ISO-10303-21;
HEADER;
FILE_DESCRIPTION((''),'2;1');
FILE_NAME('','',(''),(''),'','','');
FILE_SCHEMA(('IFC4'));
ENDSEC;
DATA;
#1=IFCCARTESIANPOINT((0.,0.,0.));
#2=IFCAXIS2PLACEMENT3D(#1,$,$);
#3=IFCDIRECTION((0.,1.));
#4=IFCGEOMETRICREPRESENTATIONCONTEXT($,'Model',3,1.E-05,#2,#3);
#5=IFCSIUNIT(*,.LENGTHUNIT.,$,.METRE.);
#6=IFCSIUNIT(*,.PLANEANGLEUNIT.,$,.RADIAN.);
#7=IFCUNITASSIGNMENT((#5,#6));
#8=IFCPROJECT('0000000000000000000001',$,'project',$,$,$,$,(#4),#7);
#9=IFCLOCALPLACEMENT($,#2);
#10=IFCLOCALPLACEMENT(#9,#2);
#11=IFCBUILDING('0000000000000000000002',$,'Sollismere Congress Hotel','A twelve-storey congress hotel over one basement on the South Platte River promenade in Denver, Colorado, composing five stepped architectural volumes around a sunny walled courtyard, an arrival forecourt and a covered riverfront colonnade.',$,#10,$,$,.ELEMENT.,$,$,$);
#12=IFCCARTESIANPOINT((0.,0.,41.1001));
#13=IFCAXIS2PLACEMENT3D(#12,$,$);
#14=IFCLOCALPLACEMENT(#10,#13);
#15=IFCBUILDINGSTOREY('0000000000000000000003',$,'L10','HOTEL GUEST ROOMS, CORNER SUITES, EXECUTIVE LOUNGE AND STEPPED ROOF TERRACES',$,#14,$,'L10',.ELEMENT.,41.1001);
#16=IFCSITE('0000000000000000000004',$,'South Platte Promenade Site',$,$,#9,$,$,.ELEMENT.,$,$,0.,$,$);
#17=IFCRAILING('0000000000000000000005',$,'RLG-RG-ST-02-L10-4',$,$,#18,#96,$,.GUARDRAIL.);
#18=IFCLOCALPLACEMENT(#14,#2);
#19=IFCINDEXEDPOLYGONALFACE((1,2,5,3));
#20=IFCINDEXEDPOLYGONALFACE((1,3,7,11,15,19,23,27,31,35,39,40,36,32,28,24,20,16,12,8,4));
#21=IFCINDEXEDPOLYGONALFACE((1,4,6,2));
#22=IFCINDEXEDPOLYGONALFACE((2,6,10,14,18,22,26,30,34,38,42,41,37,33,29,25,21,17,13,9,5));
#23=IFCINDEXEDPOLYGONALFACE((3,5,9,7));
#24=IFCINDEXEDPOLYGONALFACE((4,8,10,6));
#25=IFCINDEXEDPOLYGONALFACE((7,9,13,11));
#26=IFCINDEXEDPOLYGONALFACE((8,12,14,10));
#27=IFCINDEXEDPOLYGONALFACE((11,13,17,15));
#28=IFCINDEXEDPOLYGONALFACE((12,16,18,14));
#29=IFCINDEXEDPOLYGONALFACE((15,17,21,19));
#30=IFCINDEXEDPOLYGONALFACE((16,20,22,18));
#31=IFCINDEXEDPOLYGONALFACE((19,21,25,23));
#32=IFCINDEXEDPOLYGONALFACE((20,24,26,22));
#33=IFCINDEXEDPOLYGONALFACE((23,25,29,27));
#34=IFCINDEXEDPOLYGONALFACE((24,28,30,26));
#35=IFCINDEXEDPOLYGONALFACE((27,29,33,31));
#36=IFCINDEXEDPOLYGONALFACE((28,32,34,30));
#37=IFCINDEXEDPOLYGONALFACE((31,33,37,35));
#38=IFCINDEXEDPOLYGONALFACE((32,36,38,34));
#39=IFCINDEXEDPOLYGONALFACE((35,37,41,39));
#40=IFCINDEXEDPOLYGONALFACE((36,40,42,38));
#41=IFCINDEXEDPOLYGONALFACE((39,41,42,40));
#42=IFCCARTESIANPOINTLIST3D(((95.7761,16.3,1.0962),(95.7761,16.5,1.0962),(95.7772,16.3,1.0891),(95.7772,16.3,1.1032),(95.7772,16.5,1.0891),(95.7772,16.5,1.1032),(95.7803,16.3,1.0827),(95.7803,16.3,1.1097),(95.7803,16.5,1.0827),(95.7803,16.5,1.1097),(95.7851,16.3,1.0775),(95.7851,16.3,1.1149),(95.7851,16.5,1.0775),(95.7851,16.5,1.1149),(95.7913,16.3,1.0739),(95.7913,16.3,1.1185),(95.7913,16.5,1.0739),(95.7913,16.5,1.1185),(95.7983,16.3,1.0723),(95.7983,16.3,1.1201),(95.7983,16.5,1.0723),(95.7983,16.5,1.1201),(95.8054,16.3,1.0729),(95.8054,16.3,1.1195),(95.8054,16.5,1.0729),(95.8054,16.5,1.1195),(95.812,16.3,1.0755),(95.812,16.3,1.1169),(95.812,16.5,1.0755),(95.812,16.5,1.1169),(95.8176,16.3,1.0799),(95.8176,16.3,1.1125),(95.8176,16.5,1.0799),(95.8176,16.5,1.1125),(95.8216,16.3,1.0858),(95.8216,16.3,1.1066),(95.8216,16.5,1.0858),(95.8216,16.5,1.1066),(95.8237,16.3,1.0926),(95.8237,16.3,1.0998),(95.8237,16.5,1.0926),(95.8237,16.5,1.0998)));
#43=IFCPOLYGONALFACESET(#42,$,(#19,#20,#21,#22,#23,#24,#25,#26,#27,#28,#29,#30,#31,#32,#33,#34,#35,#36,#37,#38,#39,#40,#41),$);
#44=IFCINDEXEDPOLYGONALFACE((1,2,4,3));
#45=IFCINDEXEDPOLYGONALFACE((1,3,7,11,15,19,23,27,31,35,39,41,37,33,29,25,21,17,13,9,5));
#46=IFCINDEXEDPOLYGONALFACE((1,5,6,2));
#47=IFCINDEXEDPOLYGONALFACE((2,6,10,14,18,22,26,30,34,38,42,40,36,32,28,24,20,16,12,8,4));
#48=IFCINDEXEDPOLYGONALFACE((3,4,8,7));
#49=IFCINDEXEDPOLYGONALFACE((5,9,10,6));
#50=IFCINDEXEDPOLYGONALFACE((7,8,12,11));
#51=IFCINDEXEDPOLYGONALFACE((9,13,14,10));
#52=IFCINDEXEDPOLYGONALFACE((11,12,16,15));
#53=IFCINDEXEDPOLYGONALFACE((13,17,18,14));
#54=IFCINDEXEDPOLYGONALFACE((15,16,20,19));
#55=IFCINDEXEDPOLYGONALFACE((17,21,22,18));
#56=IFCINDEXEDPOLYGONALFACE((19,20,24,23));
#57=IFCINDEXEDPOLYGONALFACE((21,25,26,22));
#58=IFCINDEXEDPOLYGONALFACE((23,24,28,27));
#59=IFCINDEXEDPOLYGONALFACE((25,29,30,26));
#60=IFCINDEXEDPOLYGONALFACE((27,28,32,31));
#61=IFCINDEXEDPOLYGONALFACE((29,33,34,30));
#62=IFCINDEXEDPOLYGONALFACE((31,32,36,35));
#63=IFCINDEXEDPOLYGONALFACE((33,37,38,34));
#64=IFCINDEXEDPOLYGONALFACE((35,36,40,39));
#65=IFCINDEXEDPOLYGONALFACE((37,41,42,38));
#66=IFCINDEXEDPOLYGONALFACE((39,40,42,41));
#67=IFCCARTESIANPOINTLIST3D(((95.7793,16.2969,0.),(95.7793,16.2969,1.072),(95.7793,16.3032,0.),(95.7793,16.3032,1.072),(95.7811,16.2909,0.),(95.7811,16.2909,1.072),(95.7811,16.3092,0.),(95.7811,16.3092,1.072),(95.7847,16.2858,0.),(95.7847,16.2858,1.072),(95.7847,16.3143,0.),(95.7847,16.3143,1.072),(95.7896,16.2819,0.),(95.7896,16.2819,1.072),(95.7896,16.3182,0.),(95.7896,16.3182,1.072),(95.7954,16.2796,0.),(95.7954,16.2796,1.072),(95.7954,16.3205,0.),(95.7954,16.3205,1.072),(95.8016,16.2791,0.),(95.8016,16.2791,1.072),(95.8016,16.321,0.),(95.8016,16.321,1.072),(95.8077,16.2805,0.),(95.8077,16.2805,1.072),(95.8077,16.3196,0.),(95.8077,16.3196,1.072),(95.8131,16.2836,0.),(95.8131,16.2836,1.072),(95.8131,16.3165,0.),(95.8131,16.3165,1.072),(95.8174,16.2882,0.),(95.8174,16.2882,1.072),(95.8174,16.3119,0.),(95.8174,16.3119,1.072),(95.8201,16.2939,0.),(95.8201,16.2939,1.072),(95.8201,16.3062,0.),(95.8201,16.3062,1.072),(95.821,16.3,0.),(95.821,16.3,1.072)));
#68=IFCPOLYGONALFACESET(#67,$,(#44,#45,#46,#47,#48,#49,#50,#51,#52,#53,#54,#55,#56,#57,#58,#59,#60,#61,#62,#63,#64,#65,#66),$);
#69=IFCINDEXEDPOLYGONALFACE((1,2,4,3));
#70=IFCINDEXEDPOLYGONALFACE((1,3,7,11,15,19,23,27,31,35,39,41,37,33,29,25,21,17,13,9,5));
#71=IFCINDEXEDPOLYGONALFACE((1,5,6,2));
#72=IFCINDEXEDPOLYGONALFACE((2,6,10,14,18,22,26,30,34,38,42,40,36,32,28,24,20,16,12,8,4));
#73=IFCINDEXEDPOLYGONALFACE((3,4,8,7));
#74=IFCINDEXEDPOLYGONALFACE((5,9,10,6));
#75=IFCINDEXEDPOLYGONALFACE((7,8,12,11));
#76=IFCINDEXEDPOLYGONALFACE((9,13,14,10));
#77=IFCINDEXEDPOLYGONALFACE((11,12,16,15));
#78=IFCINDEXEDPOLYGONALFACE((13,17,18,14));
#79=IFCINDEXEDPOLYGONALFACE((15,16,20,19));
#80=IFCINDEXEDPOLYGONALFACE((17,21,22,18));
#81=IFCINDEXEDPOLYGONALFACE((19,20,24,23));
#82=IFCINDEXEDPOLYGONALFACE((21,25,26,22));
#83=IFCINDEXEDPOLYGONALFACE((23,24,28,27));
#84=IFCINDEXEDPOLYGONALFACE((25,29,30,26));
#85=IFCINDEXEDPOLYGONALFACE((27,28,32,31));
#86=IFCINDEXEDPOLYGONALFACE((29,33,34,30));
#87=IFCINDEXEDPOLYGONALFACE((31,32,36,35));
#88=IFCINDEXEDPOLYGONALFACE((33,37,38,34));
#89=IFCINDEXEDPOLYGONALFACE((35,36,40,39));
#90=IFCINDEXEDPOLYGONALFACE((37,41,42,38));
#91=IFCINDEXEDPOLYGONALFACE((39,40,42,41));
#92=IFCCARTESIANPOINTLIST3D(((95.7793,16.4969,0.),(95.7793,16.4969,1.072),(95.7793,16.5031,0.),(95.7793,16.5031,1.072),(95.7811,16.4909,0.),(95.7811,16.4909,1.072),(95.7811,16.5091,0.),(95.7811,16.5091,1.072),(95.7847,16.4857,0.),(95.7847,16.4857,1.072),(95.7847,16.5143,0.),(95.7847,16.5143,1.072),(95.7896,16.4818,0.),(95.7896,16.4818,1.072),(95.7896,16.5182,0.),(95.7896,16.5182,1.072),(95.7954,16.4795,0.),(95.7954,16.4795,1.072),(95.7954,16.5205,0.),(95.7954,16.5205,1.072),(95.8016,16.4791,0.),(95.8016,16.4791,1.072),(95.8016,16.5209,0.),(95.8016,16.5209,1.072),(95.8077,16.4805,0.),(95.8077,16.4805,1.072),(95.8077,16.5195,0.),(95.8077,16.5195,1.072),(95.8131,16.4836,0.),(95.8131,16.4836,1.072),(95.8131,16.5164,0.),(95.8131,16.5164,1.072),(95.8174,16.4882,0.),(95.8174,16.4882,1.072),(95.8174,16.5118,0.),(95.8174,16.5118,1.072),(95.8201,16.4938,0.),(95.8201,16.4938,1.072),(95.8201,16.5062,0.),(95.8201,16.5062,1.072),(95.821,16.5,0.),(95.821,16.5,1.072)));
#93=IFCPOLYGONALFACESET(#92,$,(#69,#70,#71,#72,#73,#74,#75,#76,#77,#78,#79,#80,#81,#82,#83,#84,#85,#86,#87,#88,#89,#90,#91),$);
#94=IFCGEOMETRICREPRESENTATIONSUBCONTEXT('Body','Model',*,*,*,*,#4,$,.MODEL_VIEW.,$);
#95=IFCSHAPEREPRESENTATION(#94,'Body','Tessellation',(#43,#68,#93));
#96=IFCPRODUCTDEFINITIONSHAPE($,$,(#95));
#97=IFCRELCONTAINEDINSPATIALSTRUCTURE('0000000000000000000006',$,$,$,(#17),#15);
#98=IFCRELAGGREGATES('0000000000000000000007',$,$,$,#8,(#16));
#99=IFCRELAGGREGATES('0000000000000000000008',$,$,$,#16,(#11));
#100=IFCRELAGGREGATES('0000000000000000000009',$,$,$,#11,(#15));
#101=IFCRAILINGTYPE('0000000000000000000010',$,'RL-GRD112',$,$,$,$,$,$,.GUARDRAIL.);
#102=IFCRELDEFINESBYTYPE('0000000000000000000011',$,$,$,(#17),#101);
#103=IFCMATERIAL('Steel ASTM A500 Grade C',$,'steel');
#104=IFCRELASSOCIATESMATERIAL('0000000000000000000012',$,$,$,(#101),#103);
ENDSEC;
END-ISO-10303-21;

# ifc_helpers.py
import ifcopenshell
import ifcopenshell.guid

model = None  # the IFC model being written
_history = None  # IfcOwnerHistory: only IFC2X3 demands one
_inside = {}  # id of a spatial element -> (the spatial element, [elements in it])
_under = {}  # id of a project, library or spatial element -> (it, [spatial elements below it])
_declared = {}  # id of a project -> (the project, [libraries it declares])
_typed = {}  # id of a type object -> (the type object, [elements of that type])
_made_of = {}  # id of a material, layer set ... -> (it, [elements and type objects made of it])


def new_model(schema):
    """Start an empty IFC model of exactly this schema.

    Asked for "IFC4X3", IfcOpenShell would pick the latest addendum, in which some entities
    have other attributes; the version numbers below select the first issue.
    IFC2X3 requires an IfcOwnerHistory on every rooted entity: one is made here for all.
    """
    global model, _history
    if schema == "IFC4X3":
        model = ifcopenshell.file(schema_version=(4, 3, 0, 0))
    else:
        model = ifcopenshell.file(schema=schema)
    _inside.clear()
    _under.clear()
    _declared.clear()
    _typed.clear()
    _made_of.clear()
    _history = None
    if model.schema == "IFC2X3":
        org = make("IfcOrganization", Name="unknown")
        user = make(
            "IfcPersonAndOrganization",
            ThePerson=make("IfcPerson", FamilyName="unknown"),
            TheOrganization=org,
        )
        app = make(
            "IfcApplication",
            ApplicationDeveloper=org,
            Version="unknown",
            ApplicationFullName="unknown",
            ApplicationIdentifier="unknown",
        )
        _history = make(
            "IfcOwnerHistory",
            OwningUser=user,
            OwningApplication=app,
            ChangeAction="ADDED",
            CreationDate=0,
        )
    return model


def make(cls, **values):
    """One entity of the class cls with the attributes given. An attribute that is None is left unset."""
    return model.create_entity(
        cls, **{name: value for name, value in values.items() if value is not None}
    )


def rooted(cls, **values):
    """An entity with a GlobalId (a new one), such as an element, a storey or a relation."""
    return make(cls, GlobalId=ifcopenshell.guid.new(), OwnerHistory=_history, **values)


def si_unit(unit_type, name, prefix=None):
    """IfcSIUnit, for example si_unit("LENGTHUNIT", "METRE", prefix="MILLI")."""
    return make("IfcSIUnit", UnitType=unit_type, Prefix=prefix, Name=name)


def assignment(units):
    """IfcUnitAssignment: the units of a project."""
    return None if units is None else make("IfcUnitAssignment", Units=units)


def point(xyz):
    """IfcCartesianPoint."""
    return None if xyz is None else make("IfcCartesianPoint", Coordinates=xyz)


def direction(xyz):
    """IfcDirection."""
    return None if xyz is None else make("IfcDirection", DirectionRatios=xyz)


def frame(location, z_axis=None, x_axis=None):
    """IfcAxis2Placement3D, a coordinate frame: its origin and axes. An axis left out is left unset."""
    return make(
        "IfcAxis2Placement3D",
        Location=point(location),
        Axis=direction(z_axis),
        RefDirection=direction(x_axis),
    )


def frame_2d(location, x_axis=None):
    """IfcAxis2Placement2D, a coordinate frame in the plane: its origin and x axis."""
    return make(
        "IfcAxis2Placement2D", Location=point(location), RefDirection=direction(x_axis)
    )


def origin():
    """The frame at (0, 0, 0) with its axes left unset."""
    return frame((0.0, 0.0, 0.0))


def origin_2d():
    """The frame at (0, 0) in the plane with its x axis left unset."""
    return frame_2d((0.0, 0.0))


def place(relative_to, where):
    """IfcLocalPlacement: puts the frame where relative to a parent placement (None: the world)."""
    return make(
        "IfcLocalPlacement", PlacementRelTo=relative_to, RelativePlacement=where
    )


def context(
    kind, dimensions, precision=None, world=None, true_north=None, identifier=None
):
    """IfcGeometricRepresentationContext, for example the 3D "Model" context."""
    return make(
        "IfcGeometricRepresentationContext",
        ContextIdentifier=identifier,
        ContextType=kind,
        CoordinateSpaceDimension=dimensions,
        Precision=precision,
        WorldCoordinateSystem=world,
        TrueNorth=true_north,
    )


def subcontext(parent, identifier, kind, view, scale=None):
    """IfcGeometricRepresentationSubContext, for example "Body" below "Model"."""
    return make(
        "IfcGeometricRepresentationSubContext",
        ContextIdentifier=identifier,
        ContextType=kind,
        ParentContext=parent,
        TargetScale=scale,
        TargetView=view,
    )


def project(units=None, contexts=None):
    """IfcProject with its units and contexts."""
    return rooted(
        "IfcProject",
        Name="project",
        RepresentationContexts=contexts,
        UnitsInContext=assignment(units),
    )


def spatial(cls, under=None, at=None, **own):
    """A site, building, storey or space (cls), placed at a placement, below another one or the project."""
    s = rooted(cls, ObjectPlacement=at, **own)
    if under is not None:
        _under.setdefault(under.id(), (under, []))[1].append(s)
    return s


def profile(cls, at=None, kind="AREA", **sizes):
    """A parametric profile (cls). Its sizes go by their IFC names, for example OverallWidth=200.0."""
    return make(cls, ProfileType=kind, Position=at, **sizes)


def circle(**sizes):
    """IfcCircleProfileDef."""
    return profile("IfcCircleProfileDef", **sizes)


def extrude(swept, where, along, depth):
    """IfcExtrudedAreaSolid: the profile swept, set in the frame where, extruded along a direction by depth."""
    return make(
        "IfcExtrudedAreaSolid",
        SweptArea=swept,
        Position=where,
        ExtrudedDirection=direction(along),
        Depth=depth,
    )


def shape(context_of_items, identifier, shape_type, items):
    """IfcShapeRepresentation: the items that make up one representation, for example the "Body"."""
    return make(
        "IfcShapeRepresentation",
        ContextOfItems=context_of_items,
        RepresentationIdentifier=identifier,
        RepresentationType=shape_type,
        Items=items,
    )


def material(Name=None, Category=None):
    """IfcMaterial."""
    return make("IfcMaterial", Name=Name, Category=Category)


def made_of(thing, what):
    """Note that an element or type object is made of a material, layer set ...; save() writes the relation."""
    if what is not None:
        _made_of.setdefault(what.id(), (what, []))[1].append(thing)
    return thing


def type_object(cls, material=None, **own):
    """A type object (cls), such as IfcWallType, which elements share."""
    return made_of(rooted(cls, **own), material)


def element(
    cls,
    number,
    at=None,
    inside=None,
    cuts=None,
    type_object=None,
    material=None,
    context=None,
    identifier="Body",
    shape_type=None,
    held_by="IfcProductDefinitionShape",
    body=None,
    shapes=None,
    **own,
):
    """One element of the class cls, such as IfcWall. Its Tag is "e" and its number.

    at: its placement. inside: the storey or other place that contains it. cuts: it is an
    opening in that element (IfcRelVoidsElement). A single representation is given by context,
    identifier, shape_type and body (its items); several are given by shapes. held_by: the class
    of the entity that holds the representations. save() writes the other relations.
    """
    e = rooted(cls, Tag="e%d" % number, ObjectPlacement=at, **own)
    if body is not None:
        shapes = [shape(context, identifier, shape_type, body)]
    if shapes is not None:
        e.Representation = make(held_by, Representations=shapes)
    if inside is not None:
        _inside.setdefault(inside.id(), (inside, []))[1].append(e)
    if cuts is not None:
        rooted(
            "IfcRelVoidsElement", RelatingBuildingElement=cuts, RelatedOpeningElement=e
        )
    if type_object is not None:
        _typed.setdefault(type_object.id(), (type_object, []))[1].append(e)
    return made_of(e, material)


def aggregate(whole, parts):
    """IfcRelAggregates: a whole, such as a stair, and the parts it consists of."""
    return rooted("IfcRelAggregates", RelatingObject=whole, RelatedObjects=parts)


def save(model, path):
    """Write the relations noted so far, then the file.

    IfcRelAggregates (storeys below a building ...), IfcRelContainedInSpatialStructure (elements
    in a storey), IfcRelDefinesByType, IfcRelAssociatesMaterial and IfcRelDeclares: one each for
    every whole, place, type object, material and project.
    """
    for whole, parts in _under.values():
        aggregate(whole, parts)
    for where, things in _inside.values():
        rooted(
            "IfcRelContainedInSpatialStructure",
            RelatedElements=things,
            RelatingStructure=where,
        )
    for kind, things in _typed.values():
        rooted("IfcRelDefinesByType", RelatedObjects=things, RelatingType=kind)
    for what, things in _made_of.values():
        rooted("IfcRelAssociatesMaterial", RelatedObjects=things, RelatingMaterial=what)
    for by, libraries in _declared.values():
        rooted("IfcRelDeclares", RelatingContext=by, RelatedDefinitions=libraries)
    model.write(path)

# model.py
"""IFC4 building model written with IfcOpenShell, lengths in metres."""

from ifc_helpers import new_model, si_unit, direction, frame, origin, origin_2d, place, context, subcontext, project, spatial, circle, extrude, material, type_object, element, save


model = new_model("IFC4")

# Units and contexts
model_context = context("Model", 3, precision=1e-05, world=origin(), true_north=direction((0.0, 1.0)))
body_context = subcontext(model_context, "Body", "Model", "MODEL_VIEW")
ifc_project = project(units=[si_unit("LENGTHUNIT", "METRE"), si_unit("PLANEANGLEUNIT", "RADIAN")], contexts=[model_context])

# Site, building, storey
site_placement = place(None, origin())
site = spatial("IfcSite", under=ifc_project, at=site_placement, Name="South Platte Promenade Site", CompositionType="ELEMENT", RefElevation=0.0)
building_placement = place(site_placement, origin())
building = spatial("IfcBuilding", under=site, at=building_placement, Name="Sollismere Congress Hotel", Description="A twelve-storey congress hotel over one basement on the South Platte River promenade in Denver, Colorado, composing five stepped architectural volumes around a sunny walled courtyard, an arrival forecourt and a covered riverfront colonnade.", CompositionType="ELEMENT")
storey_placement = place(building_placement, frame((0.0, 0.0, 41.1001)))
storey = spatial("IfcBuildingStorey", under=building, at=storey_placement, Name="L10", Description="HOTEL GUEST ROOMS, CORNER SUITES, EXECUTIVE LOUNGE AND STEPPED ROOF TERRACES", LongName="L10", CompositionType="ELEMENT", Elevation=41.1001)

# Shared definitions
ifc_material_1 = material(Name="Steel ASTM A500 Grade C", Category="steel")

# Railing
railing_type_1 = type_object("IfcRailingType", Name="RL-GRD112", PredefinedType="GUARDRAIL", material=ifc_material_1)
railing_1_placement = place(storey_placement, frame((95.8, 16.3, 0.0)))
element("IfcRailing", 1, at=railing_1_placement, inside=storey, type_object=railing_type_1, Name="RLG-RG-ST-02-L10-4", PredefinedType="GUARDRAIL", context=body_context, shape_type="SweptSolid", body=[
    extrude(circle(Radius=0.0239, at=origin_2d()), frame((0.0, 0.0, 1.0962), z_axis=(0.0, 1.0, 0.0), x_axis=(-1.0, 0.0, 0.0)), (0.0, 0.0, 1.0), 0.2),
    extrude(circle(Radius=0.021, at=origin_2d()), origin(), (0.0, 0.0, 1.0), 1.072),
    extrude(circle(Radius=0.021, at=origin_2d()), frame((0.0, 0.2, 0.0)), (0.0, 0.0, 1.0), 1.072),
])

save(model, "model.ifc")
